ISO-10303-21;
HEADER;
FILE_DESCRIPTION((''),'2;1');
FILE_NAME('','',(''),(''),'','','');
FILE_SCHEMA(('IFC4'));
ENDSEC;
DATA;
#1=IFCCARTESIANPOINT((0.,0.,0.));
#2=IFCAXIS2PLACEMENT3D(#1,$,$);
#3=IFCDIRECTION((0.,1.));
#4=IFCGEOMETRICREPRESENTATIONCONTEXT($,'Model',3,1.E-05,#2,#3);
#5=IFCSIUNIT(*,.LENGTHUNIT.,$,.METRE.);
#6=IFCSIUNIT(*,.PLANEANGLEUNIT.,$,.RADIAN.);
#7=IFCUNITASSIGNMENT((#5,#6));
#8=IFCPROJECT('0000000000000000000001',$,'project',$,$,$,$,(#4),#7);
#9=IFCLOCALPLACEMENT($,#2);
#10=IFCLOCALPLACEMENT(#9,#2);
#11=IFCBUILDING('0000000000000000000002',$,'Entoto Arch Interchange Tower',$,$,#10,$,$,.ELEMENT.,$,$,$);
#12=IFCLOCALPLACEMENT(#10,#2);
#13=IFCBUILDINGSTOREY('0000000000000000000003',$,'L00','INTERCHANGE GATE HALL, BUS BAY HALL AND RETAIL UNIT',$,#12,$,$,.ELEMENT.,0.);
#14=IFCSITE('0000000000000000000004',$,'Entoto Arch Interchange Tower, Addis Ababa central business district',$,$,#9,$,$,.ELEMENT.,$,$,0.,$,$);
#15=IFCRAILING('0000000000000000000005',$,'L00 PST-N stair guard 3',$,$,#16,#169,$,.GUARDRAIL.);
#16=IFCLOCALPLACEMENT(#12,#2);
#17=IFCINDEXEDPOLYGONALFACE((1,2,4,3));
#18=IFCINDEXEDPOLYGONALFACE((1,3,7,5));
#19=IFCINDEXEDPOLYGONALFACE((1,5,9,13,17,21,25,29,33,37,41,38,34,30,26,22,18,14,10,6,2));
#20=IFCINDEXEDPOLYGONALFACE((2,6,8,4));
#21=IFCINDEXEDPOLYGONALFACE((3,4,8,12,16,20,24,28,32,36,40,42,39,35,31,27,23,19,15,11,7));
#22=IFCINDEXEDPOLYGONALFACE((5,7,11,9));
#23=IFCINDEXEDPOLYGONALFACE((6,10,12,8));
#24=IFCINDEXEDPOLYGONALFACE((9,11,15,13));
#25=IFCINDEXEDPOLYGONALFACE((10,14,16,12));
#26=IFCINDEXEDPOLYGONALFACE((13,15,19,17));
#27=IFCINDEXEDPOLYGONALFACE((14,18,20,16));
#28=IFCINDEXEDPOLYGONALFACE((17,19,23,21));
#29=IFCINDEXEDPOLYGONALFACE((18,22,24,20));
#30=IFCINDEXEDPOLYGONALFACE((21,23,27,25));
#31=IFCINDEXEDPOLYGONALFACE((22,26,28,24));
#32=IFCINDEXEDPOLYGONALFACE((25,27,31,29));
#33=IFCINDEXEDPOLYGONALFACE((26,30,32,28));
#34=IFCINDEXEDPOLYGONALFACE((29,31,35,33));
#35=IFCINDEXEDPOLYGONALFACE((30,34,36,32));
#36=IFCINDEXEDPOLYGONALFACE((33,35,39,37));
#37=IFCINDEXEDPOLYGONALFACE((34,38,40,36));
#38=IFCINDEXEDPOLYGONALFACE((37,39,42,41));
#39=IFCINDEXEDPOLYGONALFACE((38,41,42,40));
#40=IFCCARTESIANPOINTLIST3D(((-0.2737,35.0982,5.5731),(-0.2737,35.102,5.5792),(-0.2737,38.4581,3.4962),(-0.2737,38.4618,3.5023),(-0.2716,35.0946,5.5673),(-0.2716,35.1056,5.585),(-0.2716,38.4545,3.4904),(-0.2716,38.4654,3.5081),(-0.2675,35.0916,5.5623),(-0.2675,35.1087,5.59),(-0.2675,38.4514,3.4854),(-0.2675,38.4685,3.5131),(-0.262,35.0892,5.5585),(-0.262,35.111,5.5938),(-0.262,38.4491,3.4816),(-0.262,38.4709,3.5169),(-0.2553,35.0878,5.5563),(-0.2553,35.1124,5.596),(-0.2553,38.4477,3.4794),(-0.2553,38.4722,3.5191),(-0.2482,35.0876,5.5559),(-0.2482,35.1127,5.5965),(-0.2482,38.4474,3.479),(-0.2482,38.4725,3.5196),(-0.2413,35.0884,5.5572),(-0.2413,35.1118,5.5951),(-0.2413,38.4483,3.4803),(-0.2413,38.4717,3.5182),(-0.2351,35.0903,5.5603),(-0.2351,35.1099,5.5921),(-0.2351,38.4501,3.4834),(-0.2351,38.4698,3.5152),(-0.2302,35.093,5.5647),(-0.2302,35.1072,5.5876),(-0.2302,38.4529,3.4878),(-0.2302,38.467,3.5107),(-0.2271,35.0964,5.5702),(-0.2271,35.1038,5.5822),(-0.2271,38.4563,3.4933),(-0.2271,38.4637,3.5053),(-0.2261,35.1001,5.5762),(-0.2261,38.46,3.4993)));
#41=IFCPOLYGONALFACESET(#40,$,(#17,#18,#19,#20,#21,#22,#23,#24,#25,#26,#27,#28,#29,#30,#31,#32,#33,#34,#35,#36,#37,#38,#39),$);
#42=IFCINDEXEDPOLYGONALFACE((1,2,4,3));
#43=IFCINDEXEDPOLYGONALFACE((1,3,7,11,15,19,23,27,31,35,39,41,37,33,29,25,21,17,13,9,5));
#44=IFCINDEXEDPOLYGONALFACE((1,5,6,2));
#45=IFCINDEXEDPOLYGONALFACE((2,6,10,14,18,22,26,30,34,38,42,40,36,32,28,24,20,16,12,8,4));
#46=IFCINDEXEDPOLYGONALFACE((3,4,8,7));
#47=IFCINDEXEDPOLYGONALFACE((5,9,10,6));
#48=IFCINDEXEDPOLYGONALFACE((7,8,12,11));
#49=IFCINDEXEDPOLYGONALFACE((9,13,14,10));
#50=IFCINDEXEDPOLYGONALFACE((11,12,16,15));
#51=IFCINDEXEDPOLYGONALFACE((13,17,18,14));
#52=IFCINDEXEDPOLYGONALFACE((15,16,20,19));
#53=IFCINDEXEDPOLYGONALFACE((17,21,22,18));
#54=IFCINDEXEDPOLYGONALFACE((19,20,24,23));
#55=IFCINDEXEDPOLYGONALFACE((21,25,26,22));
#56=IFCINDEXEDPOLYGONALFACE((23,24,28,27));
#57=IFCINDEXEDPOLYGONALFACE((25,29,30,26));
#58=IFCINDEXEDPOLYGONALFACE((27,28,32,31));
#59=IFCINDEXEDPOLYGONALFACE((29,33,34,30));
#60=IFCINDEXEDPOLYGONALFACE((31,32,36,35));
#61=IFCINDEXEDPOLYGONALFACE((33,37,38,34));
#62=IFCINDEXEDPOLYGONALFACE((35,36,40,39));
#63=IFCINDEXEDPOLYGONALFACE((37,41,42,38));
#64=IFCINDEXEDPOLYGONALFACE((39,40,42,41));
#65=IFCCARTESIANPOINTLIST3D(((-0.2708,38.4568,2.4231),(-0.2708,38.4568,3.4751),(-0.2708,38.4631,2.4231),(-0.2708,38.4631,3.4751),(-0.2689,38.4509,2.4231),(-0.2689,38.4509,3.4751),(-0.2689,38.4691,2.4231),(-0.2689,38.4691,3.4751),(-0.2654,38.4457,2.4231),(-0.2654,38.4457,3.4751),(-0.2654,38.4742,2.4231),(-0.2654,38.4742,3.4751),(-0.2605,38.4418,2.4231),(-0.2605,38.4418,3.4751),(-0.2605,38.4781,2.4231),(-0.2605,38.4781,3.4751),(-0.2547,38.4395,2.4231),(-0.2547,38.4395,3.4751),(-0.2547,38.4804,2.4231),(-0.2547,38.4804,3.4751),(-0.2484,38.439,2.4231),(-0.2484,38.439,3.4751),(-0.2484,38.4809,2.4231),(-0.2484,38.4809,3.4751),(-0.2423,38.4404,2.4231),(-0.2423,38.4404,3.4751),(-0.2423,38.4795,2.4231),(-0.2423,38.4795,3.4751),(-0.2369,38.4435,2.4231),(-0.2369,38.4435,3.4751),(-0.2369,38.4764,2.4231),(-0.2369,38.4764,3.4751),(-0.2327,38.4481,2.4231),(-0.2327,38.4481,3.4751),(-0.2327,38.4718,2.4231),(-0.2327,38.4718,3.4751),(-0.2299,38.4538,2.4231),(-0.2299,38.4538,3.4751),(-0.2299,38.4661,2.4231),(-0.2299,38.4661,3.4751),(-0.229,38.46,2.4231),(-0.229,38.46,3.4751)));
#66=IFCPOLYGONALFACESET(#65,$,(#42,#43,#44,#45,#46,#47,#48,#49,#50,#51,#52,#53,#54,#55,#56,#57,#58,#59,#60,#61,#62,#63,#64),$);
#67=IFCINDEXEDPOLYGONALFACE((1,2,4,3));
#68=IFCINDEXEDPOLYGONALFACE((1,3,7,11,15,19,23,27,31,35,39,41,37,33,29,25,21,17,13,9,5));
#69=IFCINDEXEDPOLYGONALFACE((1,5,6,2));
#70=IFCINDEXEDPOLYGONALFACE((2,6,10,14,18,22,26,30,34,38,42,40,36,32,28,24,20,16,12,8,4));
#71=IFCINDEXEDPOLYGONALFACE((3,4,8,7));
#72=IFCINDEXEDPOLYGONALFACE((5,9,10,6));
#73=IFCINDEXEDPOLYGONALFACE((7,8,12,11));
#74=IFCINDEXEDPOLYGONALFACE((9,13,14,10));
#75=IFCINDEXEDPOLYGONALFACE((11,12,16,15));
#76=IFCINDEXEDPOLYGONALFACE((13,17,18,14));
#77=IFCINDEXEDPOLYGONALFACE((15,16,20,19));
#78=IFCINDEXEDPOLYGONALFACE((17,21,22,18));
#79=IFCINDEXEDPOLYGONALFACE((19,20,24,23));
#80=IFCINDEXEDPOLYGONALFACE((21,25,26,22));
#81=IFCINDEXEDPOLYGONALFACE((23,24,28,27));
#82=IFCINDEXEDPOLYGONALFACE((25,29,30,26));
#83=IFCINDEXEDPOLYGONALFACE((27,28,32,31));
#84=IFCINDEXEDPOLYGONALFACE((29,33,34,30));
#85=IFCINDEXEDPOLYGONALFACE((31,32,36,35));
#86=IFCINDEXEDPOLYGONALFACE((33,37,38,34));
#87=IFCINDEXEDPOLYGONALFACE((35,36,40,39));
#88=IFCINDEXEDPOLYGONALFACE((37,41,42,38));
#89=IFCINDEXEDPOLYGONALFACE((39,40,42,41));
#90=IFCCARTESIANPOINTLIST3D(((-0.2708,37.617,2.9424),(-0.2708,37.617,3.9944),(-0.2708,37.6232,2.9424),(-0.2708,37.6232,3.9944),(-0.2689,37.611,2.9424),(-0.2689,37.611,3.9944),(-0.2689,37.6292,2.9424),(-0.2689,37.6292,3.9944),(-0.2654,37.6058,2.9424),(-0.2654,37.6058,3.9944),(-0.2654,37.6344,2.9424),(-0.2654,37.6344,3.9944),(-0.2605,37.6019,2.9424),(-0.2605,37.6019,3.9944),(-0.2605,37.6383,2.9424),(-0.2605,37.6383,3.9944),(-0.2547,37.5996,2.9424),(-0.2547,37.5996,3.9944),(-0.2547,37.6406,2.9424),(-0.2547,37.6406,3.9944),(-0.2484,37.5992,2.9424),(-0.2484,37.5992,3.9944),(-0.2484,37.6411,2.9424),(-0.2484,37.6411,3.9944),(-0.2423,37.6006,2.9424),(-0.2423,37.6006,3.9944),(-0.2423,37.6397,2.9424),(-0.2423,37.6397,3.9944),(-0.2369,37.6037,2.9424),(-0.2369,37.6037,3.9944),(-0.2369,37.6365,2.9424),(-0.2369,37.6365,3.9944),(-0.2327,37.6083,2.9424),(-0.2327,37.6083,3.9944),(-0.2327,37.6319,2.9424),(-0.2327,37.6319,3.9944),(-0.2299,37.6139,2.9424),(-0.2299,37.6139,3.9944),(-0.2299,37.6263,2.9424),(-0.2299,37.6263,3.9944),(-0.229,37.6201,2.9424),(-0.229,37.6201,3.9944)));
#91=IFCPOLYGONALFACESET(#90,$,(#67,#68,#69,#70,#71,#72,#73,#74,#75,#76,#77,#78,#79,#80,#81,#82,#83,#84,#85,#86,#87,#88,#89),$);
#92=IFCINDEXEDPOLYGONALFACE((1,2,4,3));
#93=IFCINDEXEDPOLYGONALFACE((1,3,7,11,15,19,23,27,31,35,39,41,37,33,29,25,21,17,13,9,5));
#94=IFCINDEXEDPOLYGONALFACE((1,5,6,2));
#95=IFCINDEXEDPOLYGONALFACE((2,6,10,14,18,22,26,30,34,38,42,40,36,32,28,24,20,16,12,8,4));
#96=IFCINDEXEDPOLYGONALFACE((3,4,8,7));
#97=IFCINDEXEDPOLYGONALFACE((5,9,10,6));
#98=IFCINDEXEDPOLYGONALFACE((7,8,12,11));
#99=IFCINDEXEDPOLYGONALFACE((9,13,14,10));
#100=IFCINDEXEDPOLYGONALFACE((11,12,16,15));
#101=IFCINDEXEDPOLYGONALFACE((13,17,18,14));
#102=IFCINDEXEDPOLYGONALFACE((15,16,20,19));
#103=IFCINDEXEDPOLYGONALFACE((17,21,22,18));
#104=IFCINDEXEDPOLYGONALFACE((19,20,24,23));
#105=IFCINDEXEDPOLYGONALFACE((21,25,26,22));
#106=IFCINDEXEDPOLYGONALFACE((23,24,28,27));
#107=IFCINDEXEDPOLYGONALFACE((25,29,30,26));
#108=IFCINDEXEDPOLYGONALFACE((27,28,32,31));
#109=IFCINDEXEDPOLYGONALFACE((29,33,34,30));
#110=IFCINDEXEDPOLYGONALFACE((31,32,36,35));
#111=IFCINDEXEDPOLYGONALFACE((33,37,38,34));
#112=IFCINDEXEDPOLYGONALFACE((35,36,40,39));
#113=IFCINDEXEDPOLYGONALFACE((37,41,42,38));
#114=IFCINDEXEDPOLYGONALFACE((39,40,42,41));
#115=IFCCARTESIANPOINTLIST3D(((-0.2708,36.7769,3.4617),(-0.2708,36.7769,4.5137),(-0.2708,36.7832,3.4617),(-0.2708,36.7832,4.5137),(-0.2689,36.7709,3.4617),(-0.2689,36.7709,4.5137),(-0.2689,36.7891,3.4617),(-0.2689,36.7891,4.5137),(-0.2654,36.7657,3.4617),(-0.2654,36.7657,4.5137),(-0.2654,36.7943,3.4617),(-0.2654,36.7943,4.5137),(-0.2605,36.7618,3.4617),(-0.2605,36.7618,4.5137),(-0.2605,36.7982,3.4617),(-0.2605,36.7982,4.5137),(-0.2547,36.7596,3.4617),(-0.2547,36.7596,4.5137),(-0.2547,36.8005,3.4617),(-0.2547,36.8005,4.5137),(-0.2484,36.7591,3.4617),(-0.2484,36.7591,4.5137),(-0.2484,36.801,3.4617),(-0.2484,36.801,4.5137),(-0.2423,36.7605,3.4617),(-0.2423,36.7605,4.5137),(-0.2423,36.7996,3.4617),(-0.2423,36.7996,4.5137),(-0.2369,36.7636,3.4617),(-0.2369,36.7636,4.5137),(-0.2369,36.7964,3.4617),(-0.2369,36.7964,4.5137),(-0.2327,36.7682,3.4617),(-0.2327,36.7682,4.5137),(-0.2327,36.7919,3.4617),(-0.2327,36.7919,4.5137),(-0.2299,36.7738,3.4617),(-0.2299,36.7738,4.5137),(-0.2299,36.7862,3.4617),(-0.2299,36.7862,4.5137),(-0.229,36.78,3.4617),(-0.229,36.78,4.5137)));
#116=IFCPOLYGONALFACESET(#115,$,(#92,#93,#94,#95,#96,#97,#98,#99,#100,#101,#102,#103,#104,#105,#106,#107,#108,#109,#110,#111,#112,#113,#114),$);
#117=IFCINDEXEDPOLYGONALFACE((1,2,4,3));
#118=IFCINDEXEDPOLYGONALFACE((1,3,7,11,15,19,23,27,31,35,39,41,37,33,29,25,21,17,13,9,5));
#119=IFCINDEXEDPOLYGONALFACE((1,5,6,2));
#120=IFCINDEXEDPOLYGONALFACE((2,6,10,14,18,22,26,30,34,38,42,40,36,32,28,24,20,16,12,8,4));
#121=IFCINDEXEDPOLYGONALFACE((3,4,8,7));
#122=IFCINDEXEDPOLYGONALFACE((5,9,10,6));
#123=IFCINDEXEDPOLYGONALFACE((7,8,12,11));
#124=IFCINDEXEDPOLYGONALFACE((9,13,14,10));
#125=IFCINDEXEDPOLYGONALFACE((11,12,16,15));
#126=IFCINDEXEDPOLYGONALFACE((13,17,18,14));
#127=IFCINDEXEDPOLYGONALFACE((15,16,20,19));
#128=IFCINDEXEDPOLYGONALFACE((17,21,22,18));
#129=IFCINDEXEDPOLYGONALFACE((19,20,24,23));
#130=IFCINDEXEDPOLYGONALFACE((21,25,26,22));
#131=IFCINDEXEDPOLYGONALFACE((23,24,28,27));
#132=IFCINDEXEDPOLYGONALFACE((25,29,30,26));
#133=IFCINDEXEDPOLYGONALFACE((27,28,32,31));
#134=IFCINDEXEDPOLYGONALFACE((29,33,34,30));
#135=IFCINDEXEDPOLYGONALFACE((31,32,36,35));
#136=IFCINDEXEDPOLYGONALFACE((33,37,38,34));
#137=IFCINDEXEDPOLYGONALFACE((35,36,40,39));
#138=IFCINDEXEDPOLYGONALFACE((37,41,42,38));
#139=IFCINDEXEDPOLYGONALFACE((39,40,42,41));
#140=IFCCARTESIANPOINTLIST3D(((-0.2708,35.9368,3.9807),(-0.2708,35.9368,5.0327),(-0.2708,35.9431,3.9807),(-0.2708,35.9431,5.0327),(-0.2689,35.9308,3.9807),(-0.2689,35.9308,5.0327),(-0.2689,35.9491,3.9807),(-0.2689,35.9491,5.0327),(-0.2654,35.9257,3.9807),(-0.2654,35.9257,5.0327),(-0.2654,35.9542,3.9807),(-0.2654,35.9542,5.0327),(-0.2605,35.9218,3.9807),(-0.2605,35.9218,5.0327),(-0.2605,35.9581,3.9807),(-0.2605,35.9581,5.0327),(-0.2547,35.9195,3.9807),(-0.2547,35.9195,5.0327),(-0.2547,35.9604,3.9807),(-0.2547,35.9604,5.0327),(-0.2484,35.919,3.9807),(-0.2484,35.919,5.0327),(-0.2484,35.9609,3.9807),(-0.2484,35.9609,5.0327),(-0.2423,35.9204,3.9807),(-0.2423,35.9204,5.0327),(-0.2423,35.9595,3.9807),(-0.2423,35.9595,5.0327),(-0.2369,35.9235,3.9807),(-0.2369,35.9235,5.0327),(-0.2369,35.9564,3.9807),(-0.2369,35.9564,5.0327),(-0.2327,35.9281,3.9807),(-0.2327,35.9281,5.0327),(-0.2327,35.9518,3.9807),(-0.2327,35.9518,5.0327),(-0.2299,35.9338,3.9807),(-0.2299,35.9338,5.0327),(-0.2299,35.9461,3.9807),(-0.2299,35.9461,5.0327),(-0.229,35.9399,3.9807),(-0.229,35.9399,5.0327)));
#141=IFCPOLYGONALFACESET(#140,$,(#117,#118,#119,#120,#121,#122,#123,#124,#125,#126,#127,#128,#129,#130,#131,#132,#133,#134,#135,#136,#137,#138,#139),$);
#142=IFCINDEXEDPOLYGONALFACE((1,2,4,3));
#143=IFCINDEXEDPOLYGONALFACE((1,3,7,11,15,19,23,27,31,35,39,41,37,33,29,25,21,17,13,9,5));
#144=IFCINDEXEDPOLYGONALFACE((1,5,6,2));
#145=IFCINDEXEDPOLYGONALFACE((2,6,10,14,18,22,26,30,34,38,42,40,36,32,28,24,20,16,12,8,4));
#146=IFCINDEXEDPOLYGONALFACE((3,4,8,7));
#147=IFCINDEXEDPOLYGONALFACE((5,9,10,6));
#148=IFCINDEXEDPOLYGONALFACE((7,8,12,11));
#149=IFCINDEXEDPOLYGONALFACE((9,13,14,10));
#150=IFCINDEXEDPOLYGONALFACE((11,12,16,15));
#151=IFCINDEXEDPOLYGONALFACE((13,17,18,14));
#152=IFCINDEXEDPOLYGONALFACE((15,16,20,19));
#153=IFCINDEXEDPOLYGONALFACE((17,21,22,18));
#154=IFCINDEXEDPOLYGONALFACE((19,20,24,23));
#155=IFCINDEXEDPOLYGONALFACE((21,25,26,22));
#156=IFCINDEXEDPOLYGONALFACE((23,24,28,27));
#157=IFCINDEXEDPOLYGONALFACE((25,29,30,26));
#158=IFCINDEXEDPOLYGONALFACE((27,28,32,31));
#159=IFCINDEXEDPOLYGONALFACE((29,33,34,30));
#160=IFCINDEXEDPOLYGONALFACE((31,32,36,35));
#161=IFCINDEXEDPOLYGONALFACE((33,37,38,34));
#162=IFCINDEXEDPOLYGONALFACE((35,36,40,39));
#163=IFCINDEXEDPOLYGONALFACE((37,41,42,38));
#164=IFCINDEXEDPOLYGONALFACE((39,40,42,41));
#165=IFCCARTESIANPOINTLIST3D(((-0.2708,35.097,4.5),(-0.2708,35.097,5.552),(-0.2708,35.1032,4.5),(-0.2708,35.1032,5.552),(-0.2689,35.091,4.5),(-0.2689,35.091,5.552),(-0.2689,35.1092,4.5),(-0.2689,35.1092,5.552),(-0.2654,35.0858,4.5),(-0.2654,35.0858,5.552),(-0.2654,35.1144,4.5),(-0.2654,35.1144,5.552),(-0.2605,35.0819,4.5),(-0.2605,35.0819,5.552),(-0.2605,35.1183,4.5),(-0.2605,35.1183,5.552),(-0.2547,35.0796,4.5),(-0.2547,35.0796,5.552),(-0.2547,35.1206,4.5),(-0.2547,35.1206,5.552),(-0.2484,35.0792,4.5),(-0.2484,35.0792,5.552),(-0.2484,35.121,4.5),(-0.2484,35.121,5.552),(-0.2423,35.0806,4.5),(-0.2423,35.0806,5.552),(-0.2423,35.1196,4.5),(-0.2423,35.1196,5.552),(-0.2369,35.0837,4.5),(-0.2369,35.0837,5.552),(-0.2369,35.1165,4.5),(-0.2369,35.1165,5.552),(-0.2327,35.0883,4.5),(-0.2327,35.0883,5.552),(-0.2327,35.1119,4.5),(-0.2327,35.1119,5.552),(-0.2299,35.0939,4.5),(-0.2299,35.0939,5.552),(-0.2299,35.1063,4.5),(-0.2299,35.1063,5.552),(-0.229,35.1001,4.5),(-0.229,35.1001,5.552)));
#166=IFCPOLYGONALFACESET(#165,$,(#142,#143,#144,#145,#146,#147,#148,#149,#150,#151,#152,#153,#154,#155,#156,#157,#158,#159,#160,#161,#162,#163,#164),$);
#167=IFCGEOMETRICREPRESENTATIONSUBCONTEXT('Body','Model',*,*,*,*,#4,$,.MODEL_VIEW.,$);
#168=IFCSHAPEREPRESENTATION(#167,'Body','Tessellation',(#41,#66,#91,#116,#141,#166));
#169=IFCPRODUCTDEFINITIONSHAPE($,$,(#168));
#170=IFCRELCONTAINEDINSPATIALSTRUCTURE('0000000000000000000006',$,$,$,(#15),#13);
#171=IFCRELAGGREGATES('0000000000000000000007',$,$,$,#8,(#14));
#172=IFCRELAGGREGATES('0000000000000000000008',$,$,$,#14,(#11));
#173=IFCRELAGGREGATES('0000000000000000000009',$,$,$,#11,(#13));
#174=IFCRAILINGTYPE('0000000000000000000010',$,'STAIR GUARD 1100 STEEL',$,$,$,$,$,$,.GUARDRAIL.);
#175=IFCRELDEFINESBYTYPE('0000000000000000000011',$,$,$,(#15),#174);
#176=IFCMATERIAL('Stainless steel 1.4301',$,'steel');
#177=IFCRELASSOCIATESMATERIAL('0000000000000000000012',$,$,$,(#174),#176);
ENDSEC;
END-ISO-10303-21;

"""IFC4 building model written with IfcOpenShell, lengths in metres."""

from ifc_helpers import new_model, si_unit, direction, frame, origin, origin_2d, place, context, subcontext, project, spatial, circle, extrude, material, type_object, element, save


model = new_model("IFC4")

# Units and contexts
model_context = context("Model", 3, precision=1e-05, world=origin(), true_north=direction((0.0, 1.0)))
body_context = subcontext(model_context, "Body", "Model", "MODEL_VIEW")
ifc_project = project(units=[si_unit("LENGTHUNIT", "METRE"), si_unit("PLANEANGLEUNIT", "RADIAN")], contexts=[model_context])

# Site, building, storey
site_placement = place(None, origin())
site = spatial("IfcSite", under=ifc_project, at=site_placement, Name="Entoto Arch Interchange Tower, Addis Ababa central business district", CompositionType="ELEMENT", RefElevation=0.0)
building_placement = place(site_placement, origin())
building = spatial("IfcBuilding", under=site, at=building_placement, Name="Entoto Arch Interchange Tower", CompositionType="ELEMENT")
storey_placement = place(building_placement, origin())
storey = spatial("IfcBuildingStorey", under=building, at=storey_placement, Name="L00", Description="INTERCHANGE GATE HALL, BUS BAY HALL AND RETAIL UNIT", CompositionType="ELEMENT", Elevation=0.0)

# Railing
ifc_material_1 = material(Name="Stainless steel 1.4301", Category="steel")
railing_type_1 = type_object("IfcRailingType", Name="STAIR GUARD 1100 STEEL", PredefinedType="GUARDRAIL", material=ifc_material_1)
for number, where, name in (
    (1, (-0.25, 38.46, 2.4231), "L00 PST-N stair guard 3"),
):
    element("IfcRailing", number, at=place(storey_placement, frame(where)), inside=storey, type_object=railing_type_1, Name=name, PredefinedType="GUARDRAIL", context=body_context, shape_type="SweptSolid", body=[
        extrude(circle(Radius=0.0239, at=origin_2d()), frame((0.0, 0.0, 1.0762), z_axis=(0.0, -0.850606, 0.525803), x_axis=(1.0, 0.0, 0.0)), (0.0, 0.0, 1.0), 3.95),
        extrude(circle(Radius=0.021, at=origin_2d()), origin(), (0.0, 0.0, 1.0), 1.052),
        extrude(circle(Radius=0.021, at=origin_2d()), frame((0.0, -0.8398, 0.5193)), (0.0, 0.0, 1.0), 1.052),
        extrude(circle(Radius=0.021, at=origin_2d()), frame((0.0, -1.6799, 1.0386)), (0.0, 0.0, 1.0), 1.052),
        extrude(circle(Radius=0.021, at=origin_2d()), frame((0.0, -2.52, 1.5576)), (0.0, 0.0, 1.0), 1.052),
        extrude(circle(Radius=0.021, at=origin_2d()), frame((0.0, -3.3599, 2.0769)), (0.0, 0.0, 1.0), 1.052),
    ])

save(model, "model.ifc")
